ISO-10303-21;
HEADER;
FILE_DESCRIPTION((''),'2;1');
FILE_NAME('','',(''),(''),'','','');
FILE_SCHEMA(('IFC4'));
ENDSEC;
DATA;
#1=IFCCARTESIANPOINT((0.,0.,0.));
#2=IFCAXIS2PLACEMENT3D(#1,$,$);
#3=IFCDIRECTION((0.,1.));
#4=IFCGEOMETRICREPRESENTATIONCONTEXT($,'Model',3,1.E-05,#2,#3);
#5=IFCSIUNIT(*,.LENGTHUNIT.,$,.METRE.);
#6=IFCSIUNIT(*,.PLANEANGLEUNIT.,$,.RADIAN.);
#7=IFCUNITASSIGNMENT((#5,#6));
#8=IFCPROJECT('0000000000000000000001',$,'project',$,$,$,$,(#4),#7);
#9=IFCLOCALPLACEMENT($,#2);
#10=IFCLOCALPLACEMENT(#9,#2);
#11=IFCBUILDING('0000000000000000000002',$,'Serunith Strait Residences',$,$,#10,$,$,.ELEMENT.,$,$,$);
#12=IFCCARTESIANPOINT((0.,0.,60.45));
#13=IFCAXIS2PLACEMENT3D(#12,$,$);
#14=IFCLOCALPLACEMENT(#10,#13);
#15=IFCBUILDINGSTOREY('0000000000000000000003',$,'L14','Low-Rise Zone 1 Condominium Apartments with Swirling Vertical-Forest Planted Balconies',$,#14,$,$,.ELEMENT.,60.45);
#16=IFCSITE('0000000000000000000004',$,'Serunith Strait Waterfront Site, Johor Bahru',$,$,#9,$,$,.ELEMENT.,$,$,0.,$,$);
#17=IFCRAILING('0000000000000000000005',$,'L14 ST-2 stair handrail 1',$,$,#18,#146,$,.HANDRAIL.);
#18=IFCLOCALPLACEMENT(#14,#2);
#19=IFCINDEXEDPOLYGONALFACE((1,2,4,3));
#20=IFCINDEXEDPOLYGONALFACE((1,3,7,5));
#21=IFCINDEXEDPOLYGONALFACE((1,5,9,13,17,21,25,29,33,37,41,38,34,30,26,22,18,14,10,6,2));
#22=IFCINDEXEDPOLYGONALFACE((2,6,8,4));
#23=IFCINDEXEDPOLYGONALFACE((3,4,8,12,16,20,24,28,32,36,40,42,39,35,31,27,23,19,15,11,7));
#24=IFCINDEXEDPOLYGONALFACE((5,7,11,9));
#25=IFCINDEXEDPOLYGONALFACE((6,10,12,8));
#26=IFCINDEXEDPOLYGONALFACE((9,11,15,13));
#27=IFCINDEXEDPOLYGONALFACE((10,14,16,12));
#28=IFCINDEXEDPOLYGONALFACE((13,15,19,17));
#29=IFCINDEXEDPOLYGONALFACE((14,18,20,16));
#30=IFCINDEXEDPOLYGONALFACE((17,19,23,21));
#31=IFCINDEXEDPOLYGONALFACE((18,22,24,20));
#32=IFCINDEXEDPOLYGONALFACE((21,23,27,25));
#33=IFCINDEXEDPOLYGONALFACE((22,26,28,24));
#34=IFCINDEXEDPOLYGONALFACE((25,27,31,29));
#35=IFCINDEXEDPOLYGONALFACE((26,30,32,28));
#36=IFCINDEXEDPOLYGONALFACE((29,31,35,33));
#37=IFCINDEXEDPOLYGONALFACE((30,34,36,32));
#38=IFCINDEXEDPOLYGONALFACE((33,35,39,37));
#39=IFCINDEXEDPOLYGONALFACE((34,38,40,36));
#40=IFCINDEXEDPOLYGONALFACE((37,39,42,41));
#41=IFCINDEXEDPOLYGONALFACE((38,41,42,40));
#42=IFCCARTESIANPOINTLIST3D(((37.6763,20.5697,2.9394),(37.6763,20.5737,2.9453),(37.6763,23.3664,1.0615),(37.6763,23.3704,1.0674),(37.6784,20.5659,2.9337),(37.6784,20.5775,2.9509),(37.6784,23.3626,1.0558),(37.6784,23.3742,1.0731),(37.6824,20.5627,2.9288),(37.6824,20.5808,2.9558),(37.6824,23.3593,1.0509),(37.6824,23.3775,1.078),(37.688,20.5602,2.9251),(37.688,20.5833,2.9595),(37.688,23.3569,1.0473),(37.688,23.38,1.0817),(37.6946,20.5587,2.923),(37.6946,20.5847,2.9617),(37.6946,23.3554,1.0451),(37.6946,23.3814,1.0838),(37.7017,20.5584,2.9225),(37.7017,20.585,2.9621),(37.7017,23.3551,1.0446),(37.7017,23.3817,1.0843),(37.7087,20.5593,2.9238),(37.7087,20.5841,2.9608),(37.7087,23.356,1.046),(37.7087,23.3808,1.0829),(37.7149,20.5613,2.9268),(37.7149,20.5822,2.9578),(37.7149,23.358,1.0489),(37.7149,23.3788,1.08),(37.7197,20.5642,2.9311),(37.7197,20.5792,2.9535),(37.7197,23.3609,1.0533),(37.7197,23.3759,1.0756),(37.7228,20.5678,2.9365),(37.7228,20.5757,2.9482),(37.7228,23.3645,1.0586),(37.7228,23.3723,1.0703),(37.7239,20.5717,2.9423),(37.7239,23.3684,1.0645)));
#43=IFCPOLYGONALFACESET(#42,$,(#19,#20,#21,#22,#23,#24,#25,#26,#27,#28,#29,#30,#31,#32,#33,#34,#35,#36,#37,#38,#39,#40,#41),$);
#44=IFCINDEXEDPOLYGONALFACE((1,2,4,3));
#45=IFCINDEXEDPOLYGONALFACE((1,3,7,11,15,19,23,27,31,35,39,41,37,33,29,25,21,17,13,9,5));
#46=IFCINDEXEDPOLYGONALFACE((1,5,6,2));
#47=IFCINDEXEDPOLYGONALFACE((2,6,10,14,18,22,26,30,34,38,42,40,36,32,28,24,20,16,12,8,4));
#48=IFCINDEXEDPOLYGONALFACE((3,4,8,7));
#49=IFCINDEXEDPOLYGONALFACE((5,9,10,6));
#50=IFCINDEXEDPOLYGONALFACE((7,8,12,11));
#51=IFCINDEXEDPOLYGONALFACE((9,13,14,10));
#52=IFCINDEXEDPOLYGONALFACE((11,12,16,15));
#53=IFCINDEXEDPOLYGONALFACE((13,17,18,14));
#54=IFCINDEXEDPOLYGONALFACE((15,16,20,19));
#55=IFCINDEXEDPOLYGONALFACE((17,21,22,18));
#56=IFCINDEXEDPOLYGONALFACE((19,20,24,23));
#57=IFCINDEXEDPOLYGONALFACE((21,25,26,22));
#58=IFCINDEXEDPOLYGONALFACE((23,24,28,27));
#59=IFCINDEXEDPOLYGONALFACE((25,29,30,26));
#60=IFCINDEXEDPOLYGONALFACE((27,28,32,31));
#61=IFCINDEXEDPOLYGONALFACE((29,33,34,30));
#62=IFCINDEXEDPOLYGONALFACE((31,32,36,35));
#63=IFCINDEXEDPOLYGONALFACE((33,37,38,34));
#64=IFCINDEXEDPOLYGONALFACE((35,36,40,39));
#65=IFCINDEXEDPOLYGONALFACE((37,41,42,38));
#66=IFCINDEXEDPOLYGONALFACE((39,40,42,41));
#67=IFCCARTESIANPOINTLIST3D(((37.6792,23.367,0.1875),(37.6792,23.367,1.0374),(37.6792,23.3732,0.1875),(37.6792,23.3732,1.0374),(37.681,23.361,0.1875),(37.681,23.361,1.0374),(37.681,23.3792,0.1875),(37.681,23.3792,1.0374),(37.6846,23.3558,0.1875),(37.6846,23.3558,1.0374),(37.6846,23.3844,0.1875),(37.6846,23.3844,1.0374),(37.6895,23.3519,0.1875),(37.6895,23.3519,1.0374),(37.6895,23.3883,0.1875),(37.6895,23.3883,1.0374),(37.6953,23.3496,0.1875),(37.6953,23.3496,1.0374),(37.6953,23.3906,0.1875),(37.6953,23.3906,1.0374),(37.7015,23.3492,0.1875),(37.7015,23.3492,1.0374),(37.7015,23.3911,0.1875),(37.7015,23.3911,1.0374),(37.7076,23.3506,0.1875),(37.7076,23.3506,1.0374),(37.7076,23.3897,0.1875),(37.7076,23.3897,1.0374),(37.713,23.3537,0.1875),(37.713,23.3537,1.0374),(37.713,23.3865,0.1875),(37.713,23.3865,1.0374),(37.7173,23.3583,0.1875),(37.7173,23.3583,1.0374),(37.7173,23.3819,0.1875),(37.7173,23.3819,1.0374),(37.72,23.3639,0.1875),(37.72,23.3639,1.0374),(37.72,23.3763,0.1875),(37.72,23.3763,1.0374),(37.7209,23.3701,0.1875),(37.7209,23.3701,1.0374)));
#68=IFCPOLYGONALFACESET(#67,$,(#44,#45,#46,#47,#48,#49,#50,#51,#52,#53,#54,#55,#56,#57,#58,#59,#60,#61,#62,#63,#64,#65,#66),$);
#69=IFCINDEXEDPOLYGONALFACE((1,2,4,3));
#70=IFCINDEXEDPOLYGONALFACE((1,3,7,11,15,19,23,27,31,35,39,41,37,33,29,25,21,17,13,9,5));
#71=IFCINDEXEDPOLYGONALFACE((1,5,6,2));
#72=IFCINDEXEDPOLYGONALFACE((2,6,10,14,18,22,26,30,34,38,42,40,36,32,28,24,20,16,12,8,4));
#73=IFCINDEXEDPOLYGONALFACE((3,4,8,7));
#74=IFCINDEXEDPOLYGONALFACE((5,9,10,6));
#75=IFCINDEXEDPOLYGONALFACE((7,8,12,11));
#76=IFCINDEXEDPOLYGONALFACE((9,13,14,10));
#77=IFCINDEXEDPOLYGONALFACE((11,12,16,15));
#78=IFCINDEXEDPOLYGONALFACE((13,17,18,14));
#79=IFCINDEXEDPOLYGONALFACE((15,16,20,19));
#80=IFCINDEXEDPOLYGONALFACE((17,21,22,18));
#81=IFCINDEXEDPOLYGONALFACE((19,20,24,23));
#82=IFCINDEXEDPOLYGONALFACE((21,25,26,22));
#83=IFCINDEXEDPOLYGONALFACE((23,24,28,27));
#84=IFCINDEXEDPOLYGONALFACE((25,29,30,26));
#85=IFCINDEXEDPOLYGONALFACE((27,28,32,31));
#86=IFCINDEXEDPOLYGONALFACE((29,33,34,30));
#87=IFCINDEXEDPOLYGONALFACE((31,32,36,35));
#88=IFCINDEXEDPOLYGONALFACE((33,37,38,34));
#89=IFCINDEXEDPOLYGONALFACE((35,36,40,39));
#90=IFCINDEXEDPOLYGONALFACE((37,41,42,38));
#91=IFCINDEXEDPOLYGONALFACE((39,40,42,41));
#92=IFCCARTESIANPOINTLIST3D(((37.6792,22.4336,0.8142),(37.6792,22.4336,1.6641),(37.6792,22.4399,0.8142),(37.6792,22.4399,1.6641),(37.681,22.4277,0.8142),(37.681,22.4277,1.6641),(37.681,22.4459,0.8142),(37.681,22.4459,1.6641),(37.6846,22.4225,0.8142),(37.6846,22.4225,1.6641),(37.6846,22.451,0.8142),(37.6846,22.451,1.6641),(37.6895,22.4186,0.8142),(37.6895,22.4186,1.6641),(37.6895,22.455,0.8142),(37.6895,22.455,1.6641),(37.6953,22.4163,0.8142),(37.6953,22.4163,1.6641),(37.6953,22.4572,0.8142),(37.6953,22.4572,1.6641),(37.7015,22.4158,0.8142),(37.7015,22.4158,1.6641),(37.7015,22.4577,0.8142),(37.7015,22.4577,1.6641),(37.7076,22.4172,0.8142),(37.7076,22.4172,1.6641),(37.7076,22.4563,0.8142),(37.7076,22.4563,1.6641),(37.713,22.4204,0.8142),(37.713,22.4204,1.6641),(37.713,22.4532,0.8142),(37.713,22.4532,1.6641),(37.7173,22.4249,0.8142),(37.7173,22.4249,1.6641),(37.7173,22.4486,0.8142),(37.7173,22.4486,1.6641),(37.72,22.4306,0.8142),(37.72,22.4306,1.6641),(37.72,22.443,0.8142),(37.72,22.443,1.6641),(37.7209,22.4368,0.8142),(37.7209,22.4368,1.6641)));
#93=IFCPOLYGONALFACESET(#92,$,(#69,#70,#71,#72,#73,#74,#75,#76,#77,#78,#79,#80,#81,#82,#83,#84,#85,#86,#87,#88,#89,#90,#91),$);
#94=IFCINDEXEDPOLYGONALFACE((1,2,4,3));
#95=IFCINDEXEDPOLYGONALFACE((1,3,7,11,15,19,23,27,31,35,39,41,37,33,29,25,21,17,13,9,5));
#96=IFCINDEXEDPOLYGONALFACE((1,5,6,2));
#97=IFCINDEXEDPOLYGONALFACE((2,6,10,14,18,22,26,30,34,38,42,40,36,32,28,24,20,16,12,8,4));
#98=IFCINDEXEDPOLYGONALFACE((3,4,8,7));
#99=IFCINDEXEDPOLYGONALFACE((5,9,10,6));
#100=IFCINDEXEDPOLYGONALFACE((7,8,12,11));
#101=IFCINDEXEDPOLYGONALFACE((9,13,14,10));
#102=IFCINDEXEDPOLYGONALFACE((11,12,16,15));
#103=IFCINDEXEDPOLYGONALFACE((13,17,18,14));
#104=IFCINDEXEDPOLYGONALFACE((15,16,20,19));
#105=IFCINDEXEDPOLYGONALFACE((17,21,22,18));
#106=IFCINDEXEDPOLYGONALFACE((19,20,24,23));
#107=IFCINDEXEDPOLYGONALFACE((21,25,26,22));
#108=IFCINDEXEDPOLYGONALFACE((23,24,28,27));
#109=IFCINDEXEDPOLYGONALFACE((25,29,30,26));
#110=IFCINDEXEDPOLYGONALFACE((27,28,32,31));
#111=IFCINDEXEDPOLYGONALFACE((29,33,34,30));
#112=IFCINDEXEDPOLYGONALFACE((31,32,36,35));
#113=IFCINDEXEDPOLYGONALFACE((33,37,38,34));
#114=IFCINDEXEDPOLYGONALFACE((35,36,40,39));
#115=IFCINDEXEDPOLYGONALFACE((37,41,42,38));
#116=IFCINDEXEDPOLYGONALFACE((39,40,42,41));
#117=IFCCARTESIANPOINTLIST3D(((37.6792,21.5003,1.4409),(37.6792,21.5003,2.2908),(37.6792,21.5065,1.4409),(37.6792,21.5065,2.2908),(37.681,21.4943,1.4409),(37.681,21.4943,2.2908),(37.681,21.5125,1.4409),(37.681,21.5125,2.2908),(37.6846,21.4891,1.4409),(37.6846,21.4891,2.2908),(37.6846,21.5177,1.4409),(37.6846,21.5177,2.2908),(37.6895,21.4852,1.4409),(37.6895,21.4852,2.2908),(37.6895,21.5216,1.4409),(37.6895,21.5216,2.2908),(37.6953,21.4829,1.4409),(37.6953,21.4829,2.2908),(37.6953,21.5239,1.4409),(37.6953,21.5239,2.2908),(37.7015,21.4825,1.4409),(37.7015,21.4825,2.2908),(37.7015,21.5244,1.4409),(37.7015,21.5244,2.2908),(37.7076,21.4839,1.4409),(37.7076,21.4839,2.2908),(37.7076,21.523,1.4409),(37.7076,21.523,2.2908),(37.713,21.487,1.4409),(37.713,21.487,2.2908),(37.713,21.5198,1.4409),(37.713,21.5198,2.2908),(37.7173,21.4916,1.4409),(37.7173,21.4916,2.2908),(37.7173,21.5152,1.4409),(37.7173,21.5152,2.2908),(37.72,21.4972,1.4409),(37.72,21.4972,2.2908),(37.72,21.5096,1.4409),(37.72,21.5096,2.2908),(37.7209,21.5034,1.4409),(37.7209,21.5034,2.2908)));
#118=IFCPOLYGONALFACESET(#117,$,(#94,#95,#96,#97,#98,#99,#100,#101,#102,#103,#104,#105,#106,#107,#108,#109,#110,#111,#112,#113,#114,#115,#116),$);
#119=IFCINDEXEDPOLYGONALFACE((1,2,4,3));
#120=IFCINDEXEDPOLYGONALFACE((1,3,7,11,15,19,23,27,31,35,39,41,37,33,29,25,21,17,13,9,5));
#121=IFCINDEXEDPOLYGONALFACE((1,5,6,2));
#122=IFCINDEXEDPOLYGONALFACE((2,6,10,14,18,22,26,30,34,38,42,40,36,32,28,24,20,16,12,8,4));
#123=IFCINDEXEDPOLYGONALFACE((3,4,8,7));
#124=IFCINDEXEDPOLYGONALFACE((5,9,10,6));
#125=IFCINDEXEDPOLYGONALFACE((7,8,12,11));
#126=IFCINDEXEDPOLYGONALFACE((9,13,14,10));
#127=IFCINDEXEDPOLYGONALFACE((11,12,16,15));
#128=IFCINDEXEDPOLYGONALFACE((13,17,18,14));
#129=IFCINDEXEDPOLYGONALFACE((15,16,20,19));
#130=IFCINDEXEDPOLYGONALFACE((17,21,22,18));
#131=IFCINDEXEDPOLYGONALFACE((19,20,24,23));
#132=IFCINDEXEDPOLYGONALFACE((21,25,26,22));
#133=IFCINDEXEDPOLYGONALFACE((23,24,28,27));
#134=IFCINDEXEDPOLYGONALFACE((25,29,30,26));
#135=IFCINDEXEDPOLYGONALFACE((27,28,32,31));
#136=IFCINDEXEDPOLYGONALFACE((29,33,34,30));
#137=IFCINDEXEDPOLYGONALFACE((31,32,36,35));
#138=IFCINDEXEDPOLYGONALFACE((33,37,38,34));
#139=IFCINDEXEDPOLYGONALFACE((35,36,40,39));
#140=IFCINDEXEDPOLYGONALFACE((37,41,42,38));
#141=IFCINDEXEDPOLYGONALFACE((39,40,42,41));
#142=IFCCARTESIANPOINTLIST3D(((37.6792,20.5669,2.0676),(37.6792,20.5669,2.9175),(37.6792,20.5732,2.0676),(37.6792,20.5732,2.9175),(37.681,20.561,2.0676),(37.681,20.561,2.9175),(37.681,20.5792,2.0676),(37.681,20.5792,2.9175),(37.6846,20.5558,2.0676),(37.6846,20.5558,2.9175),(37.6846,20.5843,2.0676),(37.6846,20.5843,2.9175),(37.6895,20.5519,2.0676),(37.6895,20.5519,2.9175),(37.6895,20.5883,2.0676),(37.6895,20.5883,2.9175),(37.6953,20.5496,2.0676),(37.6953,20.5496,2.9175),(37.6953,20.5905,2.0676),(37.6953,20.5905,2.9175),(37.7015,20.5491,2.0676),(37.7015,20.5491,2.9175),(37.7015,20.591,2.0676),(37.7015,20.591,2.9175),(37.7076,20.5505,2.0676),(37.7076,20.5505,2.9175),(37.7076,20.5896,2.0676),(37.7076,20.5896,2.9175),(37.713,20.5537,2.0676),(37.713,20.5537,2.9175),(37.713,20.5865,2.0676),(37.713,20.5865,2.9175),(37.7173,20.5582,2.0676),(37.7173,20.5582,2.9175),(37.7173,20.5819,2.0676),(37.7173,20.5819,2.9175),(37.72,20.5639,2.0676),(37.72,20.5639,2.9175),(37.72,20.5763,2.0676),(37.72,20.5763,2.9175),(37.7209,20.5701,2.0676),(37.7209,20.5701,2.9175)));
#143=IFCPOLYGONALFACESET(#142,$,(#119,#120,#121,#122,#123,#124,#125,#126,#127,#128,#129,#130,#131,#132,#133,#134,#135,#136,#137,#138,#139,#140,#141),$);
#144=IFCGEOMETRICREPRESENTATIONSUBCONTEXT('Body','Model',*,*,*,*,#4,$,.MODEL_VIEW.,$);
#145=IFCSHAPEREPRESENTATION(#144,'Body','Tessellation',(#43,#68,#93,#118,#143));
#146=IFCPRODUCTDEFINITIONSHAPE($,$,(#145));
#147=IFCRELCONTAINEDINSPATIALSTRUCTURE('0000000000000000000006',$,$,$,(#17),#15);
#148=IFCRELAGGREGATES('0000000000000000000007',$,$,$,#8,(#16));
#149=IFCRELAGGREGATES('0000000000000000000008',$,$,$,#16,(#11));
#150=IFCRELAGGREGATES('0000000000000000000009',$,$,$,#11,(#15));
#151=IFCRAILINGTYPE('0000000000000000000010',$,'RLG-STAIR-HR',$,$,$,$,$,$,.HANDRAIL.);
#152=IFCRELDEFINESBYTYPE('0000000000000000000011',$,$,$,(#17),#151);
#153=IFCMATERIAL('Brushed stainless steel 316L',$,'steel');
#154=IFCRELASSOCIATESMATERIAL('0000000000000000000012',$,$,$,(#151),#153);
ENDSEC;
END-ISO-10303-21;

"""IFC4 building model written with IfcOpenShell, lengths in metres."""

from ifc_helpers import new_model, si_unit, direction, frame, origin, origin_2d, place, context, subcontext, project, spatial, circle, extrude, material, type_object, element, save


model = new_model("IFC4")

# Units and contexts
model_context = context("Model", 3, precision=1e-05, world=origin(), true_north=direction((0.0, 1.0)))
body_context = subcontext(model_context, "Body", "Model", "MODEL_VIEW")
ifc_project = project(units=[si_unit("LENGTHUNIT", "METRE"), si_unit("PLANEANGLEUNIT", "RADIAN")], contexts=[model_context])

# Site, building, storey
site_placement = place(None, origin())
site = spatial("IfcSite", under=ifc_project, at=site_placement, Name="Serunith Strait Waterfront Site, Johor Bahru", CompositionType="ELEMENT", RefElevation=0.0)
building_placement = place(site_placement, origin())
building = spatial("IfcBuilding", under=site, at=building_placement, Name="Serunith Strait Residences", CompositionType="ELEMENT")
storey_placement = place(building_placement, frame((0.0, 0.0, 60.45)))
storey = spatial("IfcBuildingStorey", under=building, at=storey_placement, Name="L14", Description="Low-Rise Zone 1 Condominium Apartments with Swirling Vertical-Forest Planted Balconies", CompositionType="ELEMENT", Elevation=60.45)

# Railing
ifc_material_1 = material(Name="Brushed stainless steel 316L", Category="steel")
railing_type_1 = type_object("IfcRailingType", Name="RLG-STAIR-HR", PredefinedType="HANDRAIL", material=ifc_material_1)
railing_1_placement = place(storey_placement, frame((37.7, 23.3701, 0.1875)))
element("IfcRailing", 1, at=railing_1_placement, inside=storey, type_object=railing_type_1, Name="L14 ST-2 stair handrail 1", PredefinedType="HANDRAIL", context=body_context, shape_type="SweptSolid", body=[
    extrude(circle(Radius=0.0239, at=origin_2d()), frame((0.0, -0.0017, 0.877), z_axis=(0.0, -0.830208, 0.557453), x_axis=(1.0, 0.0, 0.0)), (0.0, 0.0, 1.0), 3.3687),
    extrude(circle(Radius=0.021, at=origin_2d()), origin(), (0.0, 0.0, 1.0), 0.8499),
    extrude(circle(Radius=0.021, at=origin_2d()), frame((0.0, -0.9333, 0.6267)), (0.0, 0.0, 1.0), 0.8499),
    extrude(circle(Radius=0.021, at=origin_2d()), frame((0.0, -1.8667, 1.2534)), (0.0, 0.0, 1.0), 0.8499),
    extrude(circle(Radius=0.021, at=origin_2d()), frame((0.0, -2.8, 1.8801)), (0.0, 0.0, 1.0), 0.8499),
])

save(model, "model.ifc")
